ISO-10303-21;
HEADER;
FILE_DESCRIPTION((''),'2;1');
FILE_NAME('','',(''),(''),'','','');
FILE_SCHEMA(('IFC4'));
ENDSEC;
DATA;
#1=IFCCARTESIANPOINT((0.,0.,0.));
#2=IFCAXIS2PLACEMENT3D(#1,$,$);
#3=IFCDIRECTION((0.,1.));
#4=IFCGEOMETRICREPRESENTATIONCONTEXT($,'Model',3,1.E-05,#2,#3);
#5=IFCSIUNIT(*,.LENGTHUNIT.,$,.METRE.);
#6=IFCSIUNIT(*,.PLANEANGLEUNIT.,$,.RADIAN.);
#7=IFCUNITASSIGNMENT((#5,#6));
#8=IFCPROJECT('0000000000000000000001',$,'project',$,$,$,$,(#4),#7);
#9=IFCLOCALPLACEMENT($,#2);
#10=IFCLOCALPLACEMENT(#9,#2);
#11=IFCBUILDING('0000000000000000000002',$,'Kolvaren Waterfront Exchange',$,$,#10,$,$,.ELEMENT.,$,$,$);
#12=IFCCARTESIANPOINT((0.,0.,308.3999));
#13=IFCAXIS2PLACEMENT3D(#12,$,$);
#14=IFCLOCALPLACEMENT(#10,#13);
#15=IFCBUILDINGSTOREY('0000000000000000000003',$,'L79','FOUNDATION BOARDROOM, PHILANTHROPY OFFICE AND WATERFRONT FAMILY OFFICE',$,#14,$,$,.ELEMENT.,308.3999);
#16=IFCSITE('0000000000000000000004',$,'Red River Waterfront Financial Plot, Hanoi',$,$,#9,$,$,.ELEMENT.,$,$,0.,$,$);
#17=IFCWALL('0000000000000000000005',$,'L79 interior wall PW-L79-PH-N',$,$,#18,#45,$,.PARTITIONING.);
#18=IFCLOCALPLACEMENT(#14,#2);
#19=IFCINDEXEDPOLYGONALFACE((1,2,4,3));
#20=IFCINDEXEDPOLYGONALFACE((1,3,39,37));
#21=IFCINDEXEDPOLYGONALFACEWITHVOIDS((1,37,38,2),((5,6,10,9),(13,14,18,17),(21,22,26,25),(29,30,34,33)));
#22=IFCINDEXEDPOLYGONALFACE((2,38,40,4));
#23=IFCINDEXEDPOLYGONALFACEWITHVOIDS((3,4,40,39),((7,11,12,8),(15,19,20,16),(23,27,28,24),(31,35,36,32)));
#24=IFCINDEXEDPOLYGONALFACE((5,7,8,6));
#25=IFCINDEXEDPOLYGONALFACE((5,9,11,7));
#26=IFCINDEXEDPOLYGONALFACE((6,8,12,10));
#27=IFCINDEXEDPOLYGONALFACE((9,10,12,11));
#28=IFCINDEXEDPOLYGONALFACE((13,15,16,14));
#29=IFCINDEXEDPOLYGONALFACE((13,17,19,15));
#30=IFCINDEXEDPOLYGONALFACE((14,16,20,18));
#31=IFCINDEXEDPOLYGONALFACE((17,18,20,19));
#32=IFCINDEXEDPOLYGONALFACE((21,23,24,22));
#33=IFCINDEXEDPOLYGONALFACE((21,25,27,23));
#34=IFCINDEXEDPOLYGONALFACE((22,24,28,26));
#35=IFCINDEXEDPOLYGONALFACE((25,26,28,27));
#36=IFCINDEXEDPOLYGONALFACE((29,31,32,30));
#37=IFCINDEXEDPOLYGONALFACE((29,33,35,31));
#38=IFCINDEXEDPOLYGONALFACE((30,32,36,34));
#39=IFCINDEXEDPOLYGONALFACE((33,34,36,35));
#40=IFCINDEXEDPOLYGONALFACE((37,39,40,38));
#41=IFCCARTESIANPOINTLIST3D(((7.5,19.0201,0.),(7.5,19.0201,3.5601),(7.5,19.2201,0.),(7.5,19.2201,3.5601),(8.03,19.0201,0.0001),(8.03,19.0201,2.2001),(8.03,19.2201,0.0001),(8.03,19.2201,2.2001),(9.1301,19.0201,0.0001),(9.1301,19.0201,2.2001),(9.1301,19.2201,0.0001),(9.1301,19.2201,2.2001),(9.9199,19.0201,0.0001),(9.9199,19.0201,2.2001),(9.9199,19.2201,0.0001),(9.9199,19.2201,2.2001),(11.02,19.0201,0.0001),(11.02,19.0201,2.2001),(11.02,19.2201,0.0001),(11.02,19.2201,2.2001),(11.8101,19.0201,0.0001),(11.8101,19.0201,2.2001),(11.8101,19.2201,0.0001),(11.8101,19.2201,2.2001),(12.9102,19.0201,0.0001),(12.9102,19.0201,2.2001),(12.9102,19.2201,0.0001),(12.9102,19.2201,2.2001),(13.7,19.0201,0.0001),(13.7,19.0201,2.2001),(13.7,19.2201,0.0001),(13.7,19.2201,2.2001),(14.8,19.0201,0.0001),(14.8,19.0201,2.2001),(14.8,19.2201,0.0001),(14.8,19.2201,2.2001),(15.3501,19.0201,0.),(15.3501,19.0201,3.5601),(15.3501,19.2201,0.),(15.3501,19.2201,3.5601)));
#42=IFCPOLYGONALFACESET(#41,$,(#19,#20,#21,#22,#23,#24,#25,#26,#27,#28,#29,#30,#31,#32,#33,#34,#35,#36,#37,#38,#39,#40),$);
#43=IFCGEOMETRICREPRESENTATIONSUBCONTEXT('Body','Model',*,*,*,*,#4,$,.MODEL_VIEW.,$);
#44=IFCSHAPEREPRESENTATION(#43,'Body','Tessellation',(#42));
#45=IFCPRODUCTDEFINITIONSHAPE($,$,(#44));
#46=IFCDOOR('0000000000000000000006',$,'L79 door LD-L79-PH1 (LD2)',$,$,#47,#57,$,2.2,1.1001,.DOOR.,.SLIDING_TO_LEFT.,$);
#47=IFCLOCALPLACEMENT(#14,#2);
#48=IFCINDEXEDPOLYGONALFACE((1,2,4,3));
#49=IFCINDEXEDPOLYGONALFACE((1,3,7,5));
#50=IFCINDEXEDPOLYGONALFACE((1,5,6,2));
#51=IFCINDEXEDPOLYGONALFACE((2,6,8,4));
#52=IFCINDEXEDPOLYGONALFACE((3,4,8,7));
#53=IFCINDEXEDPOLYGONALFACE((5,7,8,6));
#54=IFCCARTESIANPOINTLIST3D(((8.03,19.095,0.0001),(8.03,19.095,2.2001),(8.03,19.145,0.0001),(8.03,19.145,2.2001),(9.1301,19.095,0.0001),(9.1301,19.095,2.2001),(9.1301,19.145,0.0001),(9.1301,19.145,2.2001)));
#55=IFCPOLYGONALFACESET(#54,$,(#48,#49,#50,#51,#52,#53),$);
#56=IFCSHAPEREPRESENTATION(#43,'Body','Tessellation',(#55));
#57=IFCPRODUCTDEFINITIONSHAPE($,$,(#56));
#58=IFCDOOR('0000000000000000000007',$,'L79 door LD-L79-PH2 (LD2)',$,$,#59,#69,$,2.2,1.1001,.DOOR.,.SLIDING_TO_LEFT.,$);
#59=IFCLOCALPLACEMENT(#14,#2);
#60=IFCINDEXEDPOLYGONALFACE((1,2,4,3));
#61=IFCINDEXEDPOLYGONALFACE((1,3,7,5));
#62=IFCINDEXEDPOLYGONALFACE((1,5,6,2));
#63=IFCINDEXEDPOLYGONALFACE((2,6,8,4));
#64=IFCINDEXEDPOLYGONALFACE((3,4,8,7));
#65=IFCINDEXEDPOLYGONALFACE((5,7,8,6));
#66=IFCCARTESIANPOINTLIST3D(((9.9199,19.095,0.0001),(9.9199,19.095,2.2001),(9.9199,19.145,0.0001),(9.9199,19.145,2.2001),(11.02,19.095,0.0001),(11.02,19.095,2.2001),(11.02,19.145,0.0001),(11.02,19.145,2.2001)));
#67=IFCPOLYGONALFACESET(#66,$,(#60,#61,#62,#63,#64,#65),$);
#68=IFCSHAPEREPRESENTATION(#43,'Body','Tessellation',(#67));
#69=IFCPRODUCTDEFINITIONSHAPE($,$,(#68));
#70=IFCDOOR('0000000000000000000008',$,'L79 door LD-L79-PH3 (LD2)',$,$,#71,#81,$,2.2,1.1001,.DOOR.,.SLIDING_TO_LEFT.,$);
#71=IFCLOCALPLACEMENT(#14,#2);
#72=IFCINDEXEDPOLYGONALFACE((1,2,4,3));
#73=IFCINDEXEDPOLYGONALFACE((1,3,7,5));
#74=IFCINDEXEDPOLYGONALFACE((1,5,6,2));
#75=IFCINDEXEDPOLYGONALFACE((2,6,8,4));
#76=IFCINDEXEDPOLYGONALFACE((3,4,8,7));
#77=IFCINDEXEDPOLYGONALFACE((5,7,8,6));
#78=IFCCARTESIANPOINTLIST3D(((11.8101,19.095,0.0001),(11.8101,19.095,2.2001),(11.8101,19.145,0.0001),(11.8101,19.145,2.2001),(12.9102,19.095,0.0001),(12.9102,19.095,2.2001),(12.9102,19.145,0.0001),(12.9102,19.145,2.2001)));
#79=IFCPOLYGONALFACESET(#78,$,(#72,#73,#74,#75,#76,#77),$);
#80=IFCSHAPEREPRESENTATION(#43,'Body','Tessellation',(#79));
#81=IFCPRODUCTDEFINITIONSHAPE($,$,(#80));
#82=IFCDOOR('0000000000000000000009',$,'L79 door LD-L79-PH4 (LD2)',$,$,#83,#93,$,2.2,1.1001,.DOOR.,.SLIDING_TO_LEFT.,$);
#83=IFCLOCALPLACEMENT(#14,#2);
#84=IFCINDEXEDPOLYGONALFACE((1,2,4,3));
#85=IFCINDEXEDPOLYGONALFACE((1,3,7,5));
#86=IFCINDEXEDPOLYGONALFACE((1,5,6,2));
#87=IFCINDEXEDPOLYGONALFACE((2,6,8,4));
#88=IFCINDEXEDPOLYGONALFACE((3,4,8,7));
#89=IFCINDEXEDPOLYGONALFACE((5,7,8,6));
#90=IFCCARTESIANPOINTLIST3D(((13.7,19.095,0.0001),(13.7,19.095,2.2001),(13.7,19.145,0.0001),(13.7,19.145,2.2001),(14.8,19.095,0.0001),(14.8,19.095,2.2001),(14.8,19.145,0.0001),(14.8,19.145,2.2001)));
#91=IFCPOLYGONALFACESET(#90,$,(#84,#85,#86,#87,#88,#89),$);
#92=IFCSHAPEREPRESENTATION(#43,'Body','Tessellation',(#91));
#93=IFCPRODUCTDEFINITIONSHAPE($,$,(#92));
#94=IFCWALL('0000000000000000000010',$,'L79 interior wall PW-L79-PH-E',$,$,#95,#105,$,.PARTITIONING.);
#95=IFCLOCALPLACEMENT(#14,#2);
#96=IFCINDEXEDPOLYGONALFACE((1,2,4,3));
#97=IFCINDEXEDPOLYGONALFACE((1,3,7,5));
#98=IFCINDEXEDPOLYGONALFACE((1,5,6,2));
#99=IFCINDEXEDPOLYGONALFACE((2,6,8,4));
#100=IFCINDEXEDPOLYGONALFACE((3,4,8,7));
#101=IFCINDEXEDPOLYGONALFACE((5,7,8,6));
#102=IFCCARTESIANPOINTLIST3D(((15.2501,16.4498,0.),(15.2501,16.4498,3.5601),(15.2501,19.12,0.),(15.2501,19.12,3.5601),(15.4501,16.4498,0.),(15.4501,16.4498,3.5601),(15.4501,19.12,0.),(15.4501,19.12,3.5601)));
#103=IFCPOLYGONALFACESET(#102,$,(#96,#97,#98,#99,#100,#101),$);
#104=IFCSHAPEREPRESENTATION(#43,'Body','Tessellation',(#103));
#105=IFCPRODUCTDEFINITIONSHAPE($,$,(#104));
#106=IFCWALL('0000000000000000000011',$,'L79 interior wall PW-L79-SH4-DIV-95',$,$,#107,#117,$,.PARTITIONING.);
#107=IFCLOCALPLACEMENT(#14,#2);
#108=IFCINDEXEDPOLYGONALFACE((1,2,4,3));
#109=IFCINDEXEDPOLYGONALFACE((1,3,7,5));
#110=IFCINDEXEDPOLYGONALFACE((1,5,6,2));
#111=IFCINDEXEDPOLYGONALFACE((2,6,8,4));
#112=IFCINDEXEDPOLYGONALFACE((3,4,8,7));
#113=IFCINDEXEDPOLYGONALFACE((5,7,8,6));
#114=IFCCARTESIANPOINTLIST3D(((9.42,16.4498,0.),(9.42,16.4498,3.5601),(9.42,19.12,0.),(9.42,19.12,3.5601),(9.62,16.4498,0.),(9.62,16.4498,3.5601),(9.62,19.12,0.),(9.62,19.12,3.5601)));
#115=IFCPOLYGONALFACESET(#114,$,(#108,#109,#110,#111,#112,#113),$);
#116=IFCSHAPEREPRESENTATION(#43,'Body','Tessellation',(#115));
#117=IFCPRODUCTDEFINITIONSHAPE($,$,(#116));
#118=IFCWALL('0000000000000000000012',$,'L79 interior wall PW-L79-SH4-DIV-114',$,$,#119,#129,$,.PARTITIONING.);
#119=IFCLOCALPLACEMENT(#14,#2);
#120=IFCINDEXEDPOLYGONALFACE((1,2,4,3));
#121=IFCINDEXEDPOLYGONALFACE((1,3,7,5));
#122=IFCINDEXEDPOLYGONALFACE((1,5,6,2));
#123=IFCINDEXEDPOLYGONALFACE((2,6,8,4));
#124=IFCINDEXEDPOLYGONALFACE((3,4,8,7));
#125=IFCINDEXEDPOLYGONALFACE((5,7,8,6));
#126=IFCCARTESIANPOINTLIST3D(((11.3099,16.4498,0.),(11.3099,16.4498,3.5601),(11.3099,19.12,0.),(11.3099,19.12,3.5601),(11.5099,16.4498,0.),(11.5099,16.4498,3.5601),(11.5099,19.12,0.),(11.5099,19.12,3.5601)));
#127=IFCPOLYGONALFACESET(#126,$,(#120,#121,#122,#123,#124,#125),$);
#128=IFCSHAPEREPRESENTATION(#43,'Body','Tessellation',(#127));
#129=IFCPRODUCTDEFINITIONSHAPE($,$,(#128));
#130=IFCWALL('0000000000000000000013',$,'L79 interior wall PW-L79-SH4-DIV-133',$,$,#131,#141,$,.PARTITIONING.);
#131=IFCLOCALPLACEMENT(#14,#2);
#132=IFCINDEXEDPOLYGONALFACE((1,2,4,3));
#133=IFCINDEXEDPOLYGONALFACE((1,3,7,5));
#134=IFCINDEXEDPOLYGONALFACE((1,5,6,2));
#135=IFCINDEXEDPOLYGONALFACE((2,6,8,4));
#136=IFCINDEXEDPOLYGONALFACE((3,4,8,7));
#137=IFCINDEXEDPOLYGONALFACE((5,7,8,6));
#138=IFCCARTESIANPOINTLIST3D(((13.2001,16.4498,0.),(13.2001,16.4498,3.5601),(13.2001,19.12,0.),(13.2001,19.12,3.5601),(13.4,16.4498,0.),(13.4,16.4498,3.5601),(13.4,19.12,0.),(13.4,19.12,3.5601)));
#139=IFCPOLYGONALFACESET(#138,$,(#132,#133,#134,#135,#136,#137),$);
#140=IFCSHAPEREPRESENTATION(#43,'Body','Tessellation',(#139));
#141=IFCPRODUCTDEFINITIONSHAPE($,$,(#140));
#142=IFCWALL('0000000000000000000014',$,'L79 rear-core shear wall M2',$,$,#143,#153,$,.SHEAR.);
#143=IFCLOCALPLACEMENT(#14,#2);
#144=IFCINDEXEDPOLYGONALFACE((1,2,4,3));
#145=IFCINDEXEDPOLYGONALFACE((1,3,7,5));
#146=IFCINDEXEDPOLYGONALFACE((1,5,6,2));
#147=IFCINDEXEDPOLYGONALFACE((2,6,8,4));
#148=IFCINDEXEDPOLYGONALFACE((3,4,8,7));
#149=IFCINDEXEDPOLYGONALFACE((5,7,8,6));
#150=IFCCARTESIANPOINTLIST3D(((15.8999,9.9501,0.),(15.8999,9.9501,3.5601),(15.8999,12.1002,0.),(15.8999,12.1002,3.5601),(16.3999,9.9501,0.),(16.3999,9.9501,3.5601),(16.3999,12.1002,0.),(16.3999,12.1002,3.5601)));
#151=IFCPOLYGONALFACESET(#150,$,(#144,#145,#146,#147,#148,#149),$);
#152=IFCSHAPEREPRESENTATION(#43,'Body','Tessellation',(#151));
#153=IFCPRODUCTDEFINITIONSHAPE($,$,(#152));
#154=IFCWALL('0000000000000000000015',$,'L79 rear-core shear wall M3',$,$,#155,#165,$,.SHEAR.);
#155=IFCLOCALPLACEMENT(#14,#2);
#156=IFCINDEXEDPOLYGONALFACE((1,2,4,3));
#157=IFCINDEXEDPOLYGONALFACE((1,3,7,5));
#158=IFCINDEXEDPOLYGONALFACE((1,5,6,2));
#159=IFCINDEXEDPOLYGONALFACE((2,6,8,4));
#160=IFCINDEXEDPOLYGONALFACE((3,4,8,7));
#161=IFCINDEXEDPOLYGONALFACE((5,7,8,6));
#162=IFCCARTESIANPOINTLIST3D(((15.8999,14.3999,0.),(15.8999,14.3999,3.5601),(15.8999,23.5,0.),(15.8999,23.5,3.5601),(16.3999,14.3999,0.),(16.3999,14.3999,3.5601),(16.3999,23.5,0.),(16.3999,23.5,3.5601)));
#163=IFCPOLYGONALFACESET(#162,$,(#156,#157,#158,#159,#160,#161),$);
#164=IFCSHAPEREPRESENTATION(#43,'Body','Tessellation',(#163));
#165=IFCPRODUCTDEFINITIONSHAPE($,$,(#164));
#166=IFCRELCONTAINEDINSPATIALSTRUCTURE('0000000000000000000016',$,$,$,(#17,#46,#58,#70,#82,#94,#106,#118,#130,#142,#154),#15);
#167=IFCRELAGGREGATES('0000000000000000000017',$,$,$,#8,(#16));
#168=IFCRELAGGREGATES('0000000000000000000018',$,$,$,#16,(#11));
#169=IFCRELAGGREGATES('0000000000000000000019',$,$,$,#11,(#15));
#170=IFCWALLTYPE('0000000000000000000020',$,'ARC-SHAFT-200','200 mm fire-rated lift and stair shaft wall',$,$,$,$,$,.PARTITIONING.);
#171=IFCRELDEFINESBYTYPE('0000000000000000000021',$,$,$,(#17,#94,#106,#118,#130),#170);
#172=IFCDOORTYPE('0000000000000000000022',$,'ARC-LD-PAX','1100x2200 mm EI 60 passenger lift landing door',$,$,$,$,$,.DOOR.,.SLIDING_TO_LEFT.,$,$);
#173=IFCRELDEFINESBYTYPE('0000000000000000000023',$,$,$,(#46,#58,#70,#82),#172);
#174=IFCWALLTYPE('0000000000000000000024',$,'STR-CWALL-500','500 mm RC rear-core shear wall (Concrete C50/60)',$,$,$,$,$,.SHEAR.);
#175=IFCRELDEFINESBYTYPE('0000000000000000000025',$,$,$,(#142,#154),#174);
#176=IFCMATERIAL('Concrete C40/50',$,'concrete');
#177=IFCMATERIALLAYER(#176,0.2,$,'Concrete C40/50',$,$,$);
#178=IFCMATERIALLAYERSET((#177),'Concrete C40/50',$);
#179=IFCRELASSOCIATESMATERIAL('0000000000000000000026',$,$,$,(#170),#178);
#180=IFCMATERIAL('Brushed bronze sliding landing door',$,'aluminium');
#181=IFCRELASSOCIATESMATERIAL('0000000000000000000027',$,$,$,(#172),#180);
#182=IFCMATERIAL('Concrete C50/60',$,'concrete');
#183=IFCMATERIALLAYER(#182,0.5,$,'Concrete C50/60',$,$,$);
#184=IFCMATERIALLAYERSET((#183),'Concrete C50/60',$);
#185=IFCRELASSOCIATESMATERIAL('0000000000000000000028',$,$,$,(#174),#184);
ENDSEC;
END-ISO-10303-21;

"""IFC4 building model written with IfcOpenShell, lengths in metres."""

from ifc_helpers import new_model, si_unit, direction, frame, frame_2d, origin, place, context, subcontext, project, spatial, rectangle, extrude, material, layer, layer_set, type_object, element, fill, save


model = new_model("IFC4")

# Units and contexts
model_context = context("Model", 3, precision=1e-05, world=origin(), true_north=direction((0.0, 1.0)))
body_context = subcontext(model_context, "Body", "Model", "MODEL_VIEW")
ifc_project = project(units=[si_unit("LENGTHUNIT", "METRE"), si_unit("PLANEANGLEUNIT", "RADIAN")], contexts=[model_context])

# Site, building, storey
site_placement = place(None, origin())
site = spatial("IfcSite", under=ifc_project, at=site_placement, Name="Red River Waterfront Financial Plot, Hanoi", CompositionType="ELEMENT", RefElevation=0.0)
building_placement = place(site_placement, origin())
building = spatial("IfcBuilding", under=site, at=building_placement, Name="Kolvaren Waterfront Exchange", CompositionType="ELEMENT")
storey_placement = place(building_placement, frame((0.0, 0.0, 308.3999)))
storey = spatial("IfcBuildingStorey", under=building, at=storey_placement, Name="L79", Description="FOUNDATION BOARDROOM, PHILANTHROPY OFFICE AND WATERFRONT FAMILY OFFICE", CompositionType="ELEMENT", Elevation=308.3999)

# Shared definitions
ifc_material_1 = material(Name="Concrete C40/50", Category="concrete")
ifc_layer_1 = layer(ifc_material_1, 0.2, Name="Concrete C40/50")
ifc_layer_set_1 = layer_set([ifc_layer_1], Name="Concrete C40/50")
wall_type_1 = type_object("IfcWallType", Name="ARC-SHAFT-200", Description="200 mm fire-rated lift and stair shaft wall", PredefinedType="PARTITIONING", material=ifc_layer_set_1)

# Wall, openings, doors
wall_1_placement = place(storey_placement, frame((7.5, 19.1201, 0.0), z_axis=(0.0, 0.0, 1.0), x_axis=(1.0, 0.0, 0.0)))
wall_1 = element("IfcWall", 1, at=wall_1_placement, inside=storey, type_object=wall_type_1, Name="L79 interior wall PW-L79-PH-N", PredefinedType="PARTITIONING", context=body_context, shape_type="SweptSolid", body=[
    extrude(rectangle(XDim=7.8501, YDim=0.2, at=frame_2d((3.925, 0.0))), origin(), (0.0, 0.0, 1.0), 3.5601),
])
opening_1_placement = place(wall_1_placement, frame((0.53, 0.0, 0.0)))
opening_1 = element("IfcOpeningElement", 2, at=opening_1_placement, cuts=wall_1, PredefinedType="OPENING", context=body_context, shape_type="SweptSolid", body=[
    extrude(rectangle(XDim=1.1001, YDim=2.2, at=frame_2d((0.55, 1.1001))), frame((0.0, 0.1099, 0.0), z_axis=(0.0, -1.0, 0.0), x_axis=(1.0, 0.0, 0.0)), (0.0, 0.0, 1.0), 0.22),
])
opening_2_placement = place(wall_1_placement, frame((2.4199, 0.0, 0.0)))
opening_2 = element("IfcOpeningElement", 3, at=opening_2_placement, cuts=wall_1, PredefinedType="OPENING", context=body_context, shape_type="SweptSolid", body=[
    extrude(rectangle(XDim=1.1001, YDim=2.2, at=frame_2d((0.55, 1.1001))), frame((0.0, 0.1099, 0.0), z_axis=(0.0, -1.0, 0.0), x_axis=(1.0, 0.0, 0.0)), (0.0, 0.0, 1.0), 0.22),
])
opening_3_placement = place(wall_1_placement, frame((4.3101, 0.0, 0.0)))
opening_3 = element("IfcOpeningElement", 4, at=opening_3_placement, cuts=wall_1, PredefinedType="OPENING", context=body_context, shape_type="SweptSolid", body=[
    extrude(rectangle(XDim=1.1001, YDim=2.2, at=frame_2d((0.55, 1.1001))), frame((0.0, 0.1099, 0.0), z_axis=(0.0, -1.0, 0.0), x_axis=(1.0, 0.0, 0.0)), (0.0, 0.0, 1.0), 0.22),
])
opening_4_placement = place(wall_1_placement, frame((6.2, 0.0, 0.0)))
opening_4 = element("IfcOpeningElement", 5, at=opening_4_placement, cuts=wall_1, PredefinedType="OPENING", context=body_context, shape_type="SweptSolid", body=[
    extrude(rectangle(XDim=1.1001, YDim=2.2, at=frame_2d((0.55, 1.1001))), frame((0.0, 0.1099, 0.0), z_axis=(0.0, -1.0, 0.0), x_axis=(1.0, 0.0, 0.0)), (0.0, 0.0, 1.0), 0.22),
])
ifc_material_2 = material(Name="Brushed bronze sliding landing door", Category="aluminium")
door_type_1 = type_object("IfcDoorType", Name="ARC-LD-PAX", Description="1100x2200 mm EI 60 passenger lift landing door", OperationType="SLIDING_TO_LEFT", PredefinedType="DOOR", material=ifc_material_2)
door_1_placement = place(opening_1_placement, origin())
door_1 = element("IfcDoor", 6, at=door_1_placement, inside=storey, type_object=door_type_1, Name="L79 door LD-L79-PH1 (LD2)", OperationType="SLIDING_TO_LEFT", OverallHeight=2.2, OverallWidth=1.1001, PredefinedType="DOOR", context=body_context, shape_type="SweptSolid", body=[
    extrude(rectangle(XDim=1.1001, YDim=2.2, at=frame_2d((0.55, 1.1001))), frame((0.0, 0.0249, 0.0), z_axis=(0.0, -1.0, 0.0), x_axis=(1.0, 0.0, 0.0)), (0.0, 0.0, 1.0), 0.05),
])
fill(opening_1, door_1)
door_2_placement = place(opening_2_placement, origin())
door_2 = element("IfcDoor", 7, at=door_2_placement, inside=storey, type_object=door_type_1, Name="L79 door LD-L79-PH2 (LD2)", OperationType="SLIDING_TO_LEFT", OverallHeight=2.2, OverallWidth=1.1001, PredefinedType="DOOR", context=body_context, shape_type="SweptSolid", body=[
    extrude(rectangle(XDim=1.1001, YDim=2.2, at=frame_2d((0.55, 1.1001))), frame((0.0, 0.0249, 0.0), z_axis=(0.0, -1.0, 0.0), x_axis=(1.0, 0.0, 0.0)), (0.0, 0.0, 1.0), 0.05),
])
fill(opening_2, door_2)
door_3_placement = place(opening_3_placement, origin())
door_3 = element("IfcDoor", 8, at=door_3_placement, inside=storey, type_object=door_type_1, Name="L79 door LD-L79-PH3 (LD2)", OperationType="SLIDING_TO_LEFT", OverallHeight=2.2, OverallWidth=1.1001, PredefinedType="DOOR", context=body_context, shape_type="SweptSolid", body=[
    extrude(rectangle(XDim=1.1001, YDim=2.2, at=frame_2d((0.55, 1.1001))), frame((0.0, 0.0249, 0.0), z_axis=(0.0, -1.0, 0.0), x_axis=(1.0, 0.0, 0.0)), (0.0, 0.0, 1.0), 0.05),
])
fill(opening_3, door_3)
door_4_placement = place(opening_4_placement, origin())
door_4 = element("IfcDoor", 9, at=door_4_placement, inside=storey, type_object=door_type_1, Name="L79 door LD-L79-PH4 (LD2)", OperationType="SLIDING_TO_LEFT", OverallHeight=2.2, OverallWidth=1.1001, PredefinedType="DOOR", context=body_context, shape_type="SweptSolid", body=[
    extrude(rectangle(XDim=1.1001, YDim=2.2, at=frame_2d((0.55, 1.1001))), frame((0.0, 0.0249, 0.0), z_axis=(0.0, -1.0, 0.0), x_axis=(1.0, 0.0, 0.0)), (0.0, 0.0, 1.0), 0.05),
])
fill(opening_4, door_4)

# Walls
for number, where, z_axis, x_axis, name in (
    (10, (15.3501, 16.45, 0.0), (0.0, 0.0, 1.0), (0.0, 1.0, 0.0), "L79 interior wall PW-L79-PH-E"),
    (11, (9.52, 16.45, 0.0), (0.0, 0.0, 1.0), (0.0, 1.0, 0.0), "L79 interior wall PW-L79-SH4-DIV-95"),
    (12, (11.4099, 16.45, 0.0), (0.0, 0.0, 1.0), (0.0, 1.0, 0.0), "L79 interior wall PW-L79-SH4-DIV-114"),
    (13, (13.3, 16.45, 0.0), (0.0, 0.0, 1.0), (0.0, 1.0, 0.0), "L79 interior wall PW-L79-SH4-DIV-133"),
):
    element("IfcWall", number, at=place(storey_placement, frame(where, z_axis=z_axis, x_axis=x_axis)), inside=storey, type_object=wall_type_1, Name=name, PredefinedType="PARTITIONING", context=body_context, shape_type="SweptSolid", body=[
        extrude(rectangle(XDim=2.6702, YDim=0.2, at=frame_2d((1.335, 0.0))), origin(), (0.0, 0.0, 1.0), 3.5601),
    ])
ifc_material_3 = material(Name="Concrete C50/60", Category="concrete")
ifc_layer_2 = layer(ifc_material_3, 0.5, Name="Concrete C50/60")
ifc_layer_set_2 = layer_set([ifc_layer_2], Name="Concrete C50/60")
wall_type_2 = type_object("IfcWallType", Name="STR-CWALL-500", Description="500 mm RC rear-core shear wall (Concrete C50/60)", PredefinedType="SHEAR", material=ifc_layer_set_2)
wall_2_placement = place(storey_placement, frame((16.1499, 9.95, 0.0), z_axis=(0.0, 0.0, 1.0), x_axis=(0.0, 1.0, 0.0)))
element("IfcWall", 14, at=wall_2_placement, inside=storey, type_object=wall_type_2, Name="L79 rear-core shear wall M2", PredefinedType="SHEAR", context=body_context, shape_type="SweptSolid", body=[
    extrude(rectangle(XDim=2.1501, YDim=0.5, at=frame_2d((1.0752, 0.0))), origin(), (0.0, 0.0, 1.0), 3.5601),
])
wall_3_placement = place(storey_placement, frame((16.1499, 14.3999, 0.0), z_axis=(0.0, 0.0, 1.0), x_axis=(0.0, 1.0, 0.0)))
element("IfcWall", 15, at=wall_3_placement, inside=storey, type_object=wall_type_2, Name="L79 rear-core shear wall M3", PredefinedType="SHEAR", context=body_context, shape_type="SweptSolid", body=[
    extrude(rectangle(XDim=9.1001, YDim=0.5, at=frame_2d((4.55, 0.0))), origin(), (0.0, 0.0, 1.0), 3.5601),
])

save(model, "model.ifc")
